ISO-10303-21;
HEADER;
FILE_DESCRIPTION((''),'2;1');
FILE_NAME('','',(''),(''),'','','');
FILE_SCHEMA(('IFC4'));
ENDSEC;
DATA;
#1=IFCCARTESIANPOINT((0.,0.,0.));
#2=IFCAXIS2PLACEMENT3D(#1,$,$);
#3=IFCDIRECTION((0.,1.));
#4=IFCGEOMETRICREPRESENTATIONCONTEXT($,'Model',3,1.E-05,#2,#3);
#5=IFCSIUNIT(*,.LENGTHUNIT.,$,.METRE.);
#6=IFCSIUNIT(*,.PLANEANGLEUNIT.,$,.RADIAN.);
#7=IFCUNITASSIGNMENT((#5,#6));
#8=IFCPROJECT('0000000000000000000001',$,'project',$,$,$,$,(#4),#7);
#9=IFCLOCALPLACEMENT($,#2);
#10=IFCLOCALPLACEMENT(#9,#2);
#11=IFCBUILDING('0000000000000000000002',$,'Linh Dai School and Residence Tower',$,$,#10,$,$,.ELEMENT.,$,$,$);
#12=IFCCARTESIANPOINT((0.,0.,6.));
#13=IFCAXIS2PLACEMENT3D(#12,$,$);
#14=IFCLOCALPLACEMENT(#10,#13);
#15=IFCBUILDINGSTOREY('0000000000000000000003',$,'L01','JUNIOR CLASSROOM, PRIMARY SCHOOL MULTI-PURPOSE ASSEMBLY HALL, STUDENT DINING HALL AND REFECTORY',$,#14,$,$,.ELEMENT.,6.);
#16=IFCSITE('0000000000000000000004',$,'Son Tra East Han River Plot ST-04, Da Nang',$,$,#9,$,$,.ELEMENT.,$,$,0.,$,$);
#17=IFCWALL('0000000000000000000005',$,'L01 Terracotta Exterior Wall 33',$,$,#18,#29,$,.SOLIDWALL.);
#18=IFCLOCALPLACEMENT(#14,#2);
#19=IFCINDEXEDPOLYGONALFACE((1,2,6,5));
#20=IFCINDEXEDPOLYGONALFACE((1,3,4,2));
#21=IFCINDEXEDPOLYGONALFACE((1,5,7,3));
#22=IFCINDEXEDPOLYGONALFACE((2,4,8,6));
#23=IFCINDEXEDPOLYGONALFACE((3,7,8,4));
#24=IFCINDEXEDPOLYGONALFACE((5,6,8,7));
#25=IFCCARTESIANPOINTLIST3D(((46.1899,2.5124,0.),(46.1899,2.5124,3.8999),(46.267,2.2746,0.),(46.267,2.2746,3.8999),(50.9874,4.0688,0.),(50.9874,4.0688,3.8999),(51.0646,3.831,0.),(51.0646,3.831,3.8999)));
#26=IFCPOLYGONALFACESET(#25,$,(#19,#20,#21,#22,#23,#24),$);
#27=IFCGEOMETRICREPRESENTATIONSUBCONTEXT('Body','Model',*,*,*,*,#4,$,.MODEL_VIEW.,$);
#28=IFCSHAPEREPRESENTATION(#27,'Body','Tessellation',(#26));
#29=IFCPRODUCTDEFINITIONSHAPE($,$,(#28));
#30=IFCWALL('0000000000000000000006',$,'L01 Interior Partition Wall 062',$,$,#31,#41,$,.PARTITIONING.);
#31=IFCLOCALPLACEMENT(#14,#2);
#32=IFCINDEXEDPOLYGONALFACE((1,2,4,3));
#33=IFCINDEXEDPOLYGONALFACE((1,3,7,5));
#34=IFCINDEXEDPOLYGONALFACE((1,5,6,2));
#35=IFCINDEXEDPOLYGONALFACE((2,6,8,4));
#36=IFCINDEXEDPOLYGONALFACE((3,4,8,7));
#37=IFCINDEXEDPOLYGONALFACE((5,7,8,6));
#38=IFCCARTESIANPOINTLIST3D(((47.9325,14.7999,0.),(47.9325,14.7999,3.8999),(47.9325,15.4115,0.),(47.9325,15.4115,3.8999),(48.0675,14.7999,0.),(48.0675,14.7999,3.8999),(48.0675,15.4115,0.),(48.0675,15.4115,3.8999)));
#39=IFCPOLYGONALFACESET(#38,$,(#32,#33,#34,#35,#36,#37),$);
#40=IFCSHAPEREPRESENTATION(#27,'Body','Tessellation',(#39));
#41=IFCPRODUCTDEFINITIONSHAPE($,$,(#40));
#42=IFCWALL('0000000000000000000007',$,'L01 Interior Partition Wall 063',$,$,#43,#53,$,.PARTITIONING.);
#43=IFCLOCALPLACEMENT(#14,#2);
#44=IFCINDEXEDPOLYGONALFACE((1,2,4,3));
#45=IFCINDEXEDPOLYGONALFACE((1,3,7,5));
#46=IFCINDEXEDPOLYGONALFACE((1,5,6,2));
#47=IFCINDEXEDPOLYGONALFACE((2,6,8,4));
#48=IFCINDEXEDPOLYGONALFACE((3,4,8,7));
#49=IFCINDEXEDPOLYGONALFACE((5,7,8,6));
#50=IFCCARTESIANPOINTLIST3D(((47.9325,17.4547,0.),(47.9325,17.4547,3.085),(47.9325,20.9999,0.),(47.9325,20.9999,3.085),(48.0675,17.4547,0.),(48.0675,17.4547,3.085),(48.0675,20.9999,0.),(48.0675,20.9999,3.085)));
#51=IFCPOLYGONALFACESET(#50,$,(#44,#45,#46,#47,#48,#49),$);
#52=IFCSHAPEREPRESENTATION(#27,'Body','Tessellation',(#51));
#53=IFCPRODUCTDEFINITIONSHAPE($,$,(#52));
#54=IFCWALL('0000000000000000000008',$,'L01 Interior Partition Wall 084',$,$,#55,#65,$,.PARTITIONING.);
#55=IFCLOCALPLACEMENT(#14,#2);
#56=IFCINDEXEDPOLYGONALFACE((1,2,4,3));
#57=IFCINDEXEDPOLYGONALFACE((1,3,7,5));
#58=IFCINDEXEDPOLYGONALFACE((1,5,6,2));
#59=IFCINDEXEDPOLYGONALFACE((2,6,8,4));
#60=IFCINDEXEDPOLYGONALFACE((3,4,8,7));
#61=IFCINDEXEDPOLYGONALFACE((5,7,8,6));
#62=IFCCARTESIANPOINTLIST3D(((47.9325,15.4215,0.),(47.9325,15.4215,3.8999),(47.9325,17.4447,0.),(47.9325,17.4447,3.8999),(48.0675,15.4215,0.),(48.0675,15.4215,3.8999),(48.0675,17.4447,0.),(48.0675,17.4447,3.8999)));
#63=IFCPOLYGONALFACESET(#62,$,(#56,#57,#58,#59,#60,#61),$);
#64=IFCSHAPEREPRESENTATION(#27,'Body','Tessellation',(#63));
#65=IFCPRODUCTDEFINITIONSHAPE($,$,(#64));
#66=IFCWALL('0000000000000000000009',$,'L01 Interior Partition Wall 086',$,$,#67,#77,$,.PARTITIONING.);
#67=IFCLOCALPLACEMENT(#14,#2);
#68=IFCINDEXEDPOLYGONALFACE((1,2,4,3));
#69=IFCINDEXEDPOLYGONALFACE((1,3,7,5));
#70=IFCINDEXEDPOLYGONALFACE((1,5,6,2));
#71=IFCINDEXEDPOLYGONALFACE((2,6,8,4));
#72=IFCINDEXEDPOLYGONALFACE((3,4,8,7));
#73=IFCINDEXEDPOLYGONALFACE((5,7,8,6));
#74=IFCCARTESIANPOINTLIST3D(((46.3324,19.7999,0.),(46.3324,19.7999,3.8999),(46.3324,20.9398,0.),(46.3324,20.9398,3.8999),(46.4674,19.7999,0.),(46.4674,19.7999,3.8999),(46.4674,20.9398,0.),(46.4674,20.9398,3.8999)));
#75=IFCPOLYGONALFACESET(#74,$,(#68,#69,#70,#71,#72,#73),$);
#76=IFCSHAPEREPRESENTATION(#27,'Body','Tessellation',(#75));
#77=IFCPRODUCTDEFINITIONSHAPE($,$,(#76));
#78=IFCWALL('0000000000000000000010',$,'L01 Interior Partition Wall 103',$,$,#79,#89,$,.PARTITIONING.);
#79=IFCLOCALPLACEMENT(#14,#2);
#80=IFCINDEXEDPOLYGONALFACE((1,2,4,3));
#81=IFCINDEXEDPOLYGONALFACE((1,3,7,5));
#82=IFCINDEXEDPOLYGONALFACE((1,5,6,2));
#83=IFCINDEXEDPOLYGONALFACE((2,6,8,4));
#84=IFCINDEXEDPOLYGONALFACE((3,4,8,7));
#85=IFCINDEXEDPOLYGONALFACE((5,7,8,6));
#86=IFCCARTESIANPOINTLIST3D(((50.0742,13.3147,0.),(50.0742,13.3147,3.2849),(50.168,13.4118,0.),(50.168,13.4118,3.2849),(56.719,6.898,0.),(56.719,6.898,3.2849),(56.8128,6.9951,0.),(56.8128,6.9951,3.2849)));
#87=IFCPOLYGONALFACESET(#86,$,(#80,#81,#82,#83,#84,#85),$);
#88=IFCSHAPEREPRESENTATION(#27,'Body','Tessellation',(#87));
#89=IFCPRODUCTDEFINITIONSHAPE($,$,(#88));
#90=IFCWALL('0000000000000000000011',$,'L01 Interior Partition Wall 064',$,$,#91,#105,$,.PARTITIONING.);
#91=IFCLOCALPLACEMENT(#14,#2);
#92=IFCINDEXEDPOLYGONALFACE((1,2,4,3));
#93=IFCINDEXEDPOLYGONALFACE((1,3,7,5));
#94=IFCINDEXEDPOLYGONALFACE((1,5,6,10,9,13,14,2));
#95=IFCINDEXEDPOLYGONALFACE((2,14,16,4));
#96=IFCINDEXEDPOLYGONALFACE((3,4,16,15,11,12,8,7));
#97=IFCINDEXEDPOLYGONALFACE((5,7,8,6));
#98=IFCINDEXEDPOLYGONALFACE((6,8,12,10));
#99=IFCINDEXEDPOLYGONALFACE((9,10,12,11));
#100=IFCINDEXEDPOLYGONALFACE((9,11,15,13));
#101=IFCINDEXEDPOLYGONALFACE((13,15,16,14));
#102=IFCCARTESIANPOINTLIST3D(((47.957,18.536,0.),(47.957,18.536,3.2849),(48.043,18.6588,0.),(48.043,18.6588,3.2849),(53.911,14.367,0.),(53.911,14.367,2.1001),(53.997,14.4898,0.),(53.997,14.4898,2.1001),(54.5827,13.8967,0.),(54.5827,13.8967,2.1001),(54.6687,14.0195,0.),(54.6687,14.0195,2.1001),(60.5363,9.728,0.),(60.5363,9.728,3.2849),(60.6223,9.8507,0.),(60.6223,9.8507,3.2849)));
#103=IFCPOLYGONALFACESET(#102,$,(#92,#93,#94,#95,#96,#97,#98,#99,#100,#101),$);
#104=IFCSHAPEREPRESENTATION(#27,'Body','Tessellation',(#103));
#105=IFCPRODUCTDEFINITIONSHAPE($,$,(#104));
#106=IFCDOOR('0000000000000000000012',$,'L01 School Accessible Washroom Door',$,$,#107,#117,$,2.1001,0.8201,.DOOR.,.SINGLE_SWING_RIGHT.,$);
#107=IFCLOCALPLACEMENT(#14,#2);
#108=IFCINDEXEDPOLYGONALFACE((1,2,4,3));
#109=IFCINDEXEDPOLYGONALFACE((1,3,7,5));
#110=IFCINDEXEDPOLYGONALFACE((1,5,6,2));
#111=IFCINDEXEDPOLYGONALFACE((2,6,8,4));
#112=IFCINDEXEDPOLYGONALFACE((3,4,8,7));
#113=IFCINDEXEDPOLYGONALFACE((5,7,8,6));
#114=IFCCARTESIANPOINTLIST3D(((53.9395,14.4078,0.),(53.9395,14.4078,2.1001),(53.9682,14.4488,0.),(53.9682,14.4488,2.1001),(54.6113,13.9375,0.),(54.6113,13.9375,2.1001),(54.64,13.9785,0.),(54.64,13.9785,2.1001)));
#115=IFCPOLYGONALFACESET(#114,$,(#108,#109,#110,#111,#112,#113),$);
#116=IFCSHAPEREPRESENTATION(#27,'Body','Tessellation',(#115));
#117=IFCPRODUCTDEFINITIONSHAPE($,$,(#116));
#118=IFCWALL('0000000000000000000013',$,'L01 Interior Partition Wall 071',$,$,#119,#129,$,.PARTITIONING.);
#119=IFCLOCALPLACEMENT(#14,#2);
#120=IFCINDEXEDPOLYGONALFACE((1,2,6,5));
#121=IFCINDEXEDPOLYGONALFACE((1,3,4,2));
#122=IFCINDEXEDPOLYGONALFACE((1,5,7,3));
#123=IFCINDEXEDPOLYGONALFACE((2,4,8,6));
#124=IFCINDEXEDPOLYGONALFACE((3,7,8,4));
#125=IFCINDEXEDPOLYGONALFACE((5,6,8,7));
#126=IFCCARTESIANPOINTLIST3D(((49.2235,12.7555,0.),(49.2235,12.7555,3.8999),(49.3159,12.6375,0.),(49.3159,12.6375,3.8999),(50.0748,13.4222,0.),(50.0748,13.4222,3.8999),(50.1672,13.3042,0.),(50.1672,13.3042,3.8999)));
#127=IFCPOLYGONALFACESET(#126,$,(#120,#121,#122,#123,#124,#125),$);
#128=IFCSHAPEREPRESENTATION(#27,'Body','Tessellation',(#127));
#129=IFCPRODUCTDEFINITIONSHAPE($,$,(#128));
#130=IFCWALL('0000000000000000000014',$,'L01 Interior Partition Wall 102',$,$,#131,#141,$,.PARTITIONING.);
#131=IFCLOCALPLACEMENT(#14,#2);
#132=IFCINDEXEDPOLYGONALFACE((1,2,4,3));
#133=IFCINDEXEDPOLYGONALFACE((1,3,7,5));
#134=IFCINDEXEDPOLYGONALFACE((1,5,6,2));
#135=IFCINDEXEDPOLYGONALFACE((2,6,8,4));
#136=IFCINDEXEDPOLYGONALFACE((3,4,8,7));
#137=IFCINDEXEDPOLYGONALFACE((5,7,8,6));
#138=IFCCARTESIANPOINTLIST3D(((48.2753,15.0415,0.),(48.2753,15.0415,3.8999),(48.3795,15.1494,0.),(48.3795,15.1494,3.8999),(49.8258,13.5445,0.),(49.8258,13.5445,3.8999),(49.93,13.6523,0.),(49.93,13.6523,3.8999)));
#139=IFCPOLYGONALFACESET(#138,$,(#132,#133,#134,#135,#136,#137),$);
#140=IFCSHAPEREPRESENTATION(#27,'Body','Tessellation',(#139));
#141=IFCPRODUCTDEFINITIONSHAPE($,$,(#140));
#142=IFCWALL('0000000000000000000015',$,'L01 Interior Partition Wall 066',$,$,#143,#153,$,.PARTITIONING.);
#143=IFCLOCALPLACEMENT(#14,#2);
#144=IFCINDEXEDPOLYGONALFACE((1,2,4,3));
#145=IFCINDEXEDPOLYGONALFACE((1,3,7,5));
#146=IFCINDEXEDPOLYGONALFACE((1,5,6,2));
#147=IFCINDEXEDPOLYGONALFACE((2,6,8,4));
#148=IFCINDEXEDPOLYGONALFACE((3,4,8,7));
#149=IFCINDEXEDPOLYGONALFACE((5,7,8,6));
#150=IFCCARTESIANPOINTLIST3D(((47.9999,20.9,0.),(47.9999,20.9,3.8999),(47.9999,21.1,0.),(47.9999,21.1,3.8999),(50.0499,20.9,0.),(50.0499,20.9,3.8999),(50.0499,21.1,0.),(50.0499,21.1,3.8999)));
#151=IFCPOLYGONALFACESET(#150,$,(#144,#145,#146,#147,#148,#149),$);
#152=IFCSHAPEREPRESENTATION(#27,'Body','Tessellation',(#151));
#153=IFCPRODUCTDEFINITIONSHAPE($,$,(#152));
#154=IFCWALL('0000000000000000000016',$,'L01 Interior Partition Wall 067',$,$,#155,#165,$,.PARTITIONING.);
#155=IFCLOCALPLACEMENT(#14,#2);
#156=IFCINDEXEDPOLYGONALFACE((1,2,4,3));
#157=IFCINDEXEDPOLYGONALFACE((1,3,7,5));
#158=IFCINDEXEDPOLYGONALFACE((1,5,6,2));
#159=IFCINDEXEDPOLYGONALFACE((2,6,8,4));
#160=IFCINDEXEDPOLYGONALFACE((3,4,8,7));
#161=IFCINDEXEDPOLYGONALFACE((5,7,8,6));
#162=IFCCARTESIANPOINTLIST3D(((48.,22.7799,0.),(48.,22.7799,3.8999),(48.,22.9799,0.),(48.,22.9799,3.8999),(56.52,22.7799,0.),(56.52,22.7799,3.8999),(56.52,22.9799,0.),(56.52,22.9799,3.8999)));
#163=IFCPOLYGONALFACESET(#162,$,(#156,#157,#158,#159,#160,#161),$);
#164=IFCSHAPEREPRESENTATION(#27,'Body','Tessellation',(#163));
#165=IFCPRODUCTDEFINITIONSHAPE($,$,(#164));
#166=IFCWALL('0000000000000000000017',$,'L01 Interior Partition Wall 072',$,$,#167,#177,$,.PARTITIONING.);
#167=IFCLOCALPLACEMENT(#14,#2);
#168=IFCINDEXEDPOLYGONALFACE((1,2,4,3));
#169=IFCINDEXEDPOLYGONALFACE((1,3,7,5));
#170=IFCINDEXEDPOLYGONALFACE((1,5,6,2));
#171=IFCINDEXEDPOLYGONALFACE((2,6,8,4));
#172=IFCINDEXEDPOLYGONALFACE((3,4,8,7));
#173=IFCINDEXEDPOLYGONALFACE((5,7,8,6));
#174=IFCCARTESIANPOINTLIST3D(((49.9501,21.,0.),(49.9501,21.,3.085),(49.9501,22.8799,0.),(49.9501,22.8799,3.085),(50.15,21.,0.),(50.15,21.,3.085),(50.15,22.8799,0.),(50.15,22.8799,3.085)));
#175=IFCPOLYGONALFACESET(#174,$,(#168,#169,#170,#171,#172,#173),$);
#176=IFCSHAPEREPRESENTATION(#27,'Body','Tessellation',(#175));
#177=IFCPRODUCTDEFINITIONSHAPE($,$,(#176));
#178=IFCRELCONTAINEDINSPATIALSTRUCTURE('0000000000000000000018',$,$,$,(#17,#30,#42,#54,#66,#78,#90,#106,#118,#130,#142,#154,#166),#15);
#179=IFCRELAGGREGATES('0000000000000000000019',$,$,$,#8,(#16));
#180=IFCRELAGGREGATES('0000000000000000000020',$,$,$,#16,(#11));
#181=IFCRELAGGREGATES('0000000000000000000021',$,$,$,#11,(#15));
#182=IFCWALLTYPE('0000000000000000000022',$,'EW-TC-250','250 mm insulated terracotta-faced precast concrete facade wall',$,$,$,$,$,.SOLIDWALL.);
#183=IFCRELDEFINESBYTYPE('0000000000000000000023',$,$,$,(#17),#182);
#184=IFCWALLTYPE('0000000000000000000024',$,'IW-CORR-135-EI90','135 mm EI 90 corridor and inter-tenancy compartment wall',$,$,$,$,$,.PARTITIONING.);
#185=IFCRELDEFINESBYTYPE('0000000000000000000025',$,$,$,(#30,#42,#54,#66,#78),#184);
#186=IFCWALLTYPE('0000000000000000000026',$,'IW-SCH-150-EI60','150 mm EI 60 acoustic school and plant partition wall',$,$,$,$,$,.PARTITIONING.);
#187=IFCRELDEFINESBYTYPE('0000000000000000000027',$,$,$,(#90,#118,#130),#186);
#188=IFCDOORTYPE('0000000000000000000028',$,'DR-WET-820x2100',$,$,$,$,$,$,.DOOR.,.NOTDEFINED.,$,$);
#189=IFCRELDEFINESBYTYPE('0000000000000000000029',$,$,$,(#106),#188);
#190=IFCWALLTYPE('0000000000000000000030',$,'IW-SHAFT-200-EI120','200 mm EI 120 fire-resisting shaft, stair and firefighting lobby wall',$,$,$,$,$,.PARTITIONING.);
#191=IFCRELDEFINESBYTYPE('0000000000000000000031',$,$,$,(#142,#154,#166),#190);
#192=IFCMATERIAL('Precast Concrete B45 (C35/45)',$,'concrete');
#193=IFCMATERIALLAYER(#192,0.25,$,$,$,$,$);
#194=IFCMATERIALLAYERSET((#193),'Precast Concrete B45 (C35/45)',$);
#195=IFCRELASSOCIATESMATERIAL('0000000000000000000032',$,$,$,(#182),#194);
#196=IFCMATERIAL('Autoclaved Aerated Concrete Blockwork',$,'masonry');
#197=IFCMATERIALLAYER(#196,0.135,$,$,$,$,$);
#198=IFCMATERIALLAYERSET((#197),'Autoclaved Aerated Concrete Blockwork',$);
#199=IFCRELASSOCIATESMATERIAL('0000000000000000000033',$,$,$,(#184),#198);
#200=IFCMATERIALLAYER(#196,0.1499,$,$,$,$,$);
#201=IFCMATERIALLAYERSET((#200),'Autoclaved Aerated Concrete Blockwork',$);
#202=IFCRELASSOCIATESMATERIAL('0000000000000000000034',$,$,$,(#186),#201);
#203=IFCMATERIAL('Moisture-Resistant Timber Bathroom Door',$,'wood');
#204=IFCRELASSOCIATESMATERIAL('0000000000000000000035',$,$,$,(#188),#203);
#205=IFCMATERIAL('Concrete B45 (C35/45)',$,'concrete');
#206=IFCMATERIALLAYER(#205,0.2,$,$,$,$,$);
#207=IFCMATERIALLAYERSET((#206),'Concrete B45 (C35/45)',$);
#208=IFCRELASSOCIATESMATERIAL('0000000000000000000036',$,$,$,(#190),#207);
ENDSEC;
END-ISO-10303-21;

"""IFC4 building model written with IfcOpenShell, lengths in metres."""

from ifc_helpers import new_model, si_unit, direction, frame, frame_2d, origin, origin_2d, place, context, subcontext, project, spatial, rectangle, extrude, source, transform, mapped, material, layer, layer_set, type_object, element, fill, save


model = new_model("IFC4")

# Units and contexts
model_context = context("Model", 3, precision=1e-05, world=origin(), true_north=direction((0.0, 1.0)))
body_context = subcontext(model_context, "Body", "Model", "MODEL_VIEW")
ifc_project = project(units=[si_unit("LENGTHUNIT", "METRE"), si_unit("PLANEANGLEUNIT", "RADIAN")], contexts=[model_context])

# Site, building, storey
site_placement = place(None, origin())
site = spatial("IfcSite", under=ifc_project, at=site_placement, Name="Son Tra East Han River Plot ST-04, Da Nang", CompositionType="ELEMENT", RefElevation=0.0)
building_placement = place(site_placement, origin())
building = spatial("IfcBuilding", under=site, at=building_placement, Name="Linh Dai School and Residence Tower", CompositionType="ELEMENT")
storey_placement = place(building_placement, frame((0.0, 0.0, 6.0)))
storey = spatial("IfcBuildingStorey", under=building, at=storey_placement, Name="L01", Description="JUNIOR CLASSROOM, PRIMARY SCHOOL MULTI-PURPOSE ASSEMBLY HALL, STUDENT DINING HALL AND REFECTORY", CompositionType="ELEMENT", Elevation=6.0)

# Shared definitions
ifc_material_1 = material(Name="Precast Concrete B45 (C35/45)", Category="concrete")
ifc_layer_1 = layer(ifc_material_1, 0.25)
ifc_layer_set_1 = layer_set([ifc_layer_1], Name="Precast Concrete B45 (C35/45)")
wall_type_1 = type_object("IfcWallType", Name="EW-TC-250", Description="250 mm insulated terracotta-faced precast concrete facade wall", PredefinedType="SOLIDWALL", material=ifc_layer_set_1)

# Walls
wall_1_placement = place(storey_placement, frame((51.0261, 3.95, 0.0), z_axis=(0.0, 0.0, 1.0), x_axis=(-0.951199, -0.308579, 0.0)))
element("IfcWall", 1, at=wall_1_placement, inside=storey, type_object=wall_type_1, Name="L01 Terracotta Exterior Wall 33", PredefinedType="SOLIDWALL", context=body_context, shape_type="SweptSolid", body=[
    extrude(rectangle(XDim=5.0437, YDim=0.25, at=frame_2d((2.522, 0.0))), origin(), (0.0, 0.0, 1.0), 3.8999),
])
ifc_material_2 = material(Name="Autoclaved Aerated Concrete Blockwork", Category="masonry")
ifc_layer_2 = layer(ifc_material_2, 0.135)
ifc_layer_set_2 = layer_set([ifc_layer_2], Name="Autoclaved Aerated Concrete Blockwork")
wall_type_2 = type_object("IfcWallType", Name="IW-CORR-135-EI90", Description="135 mm EI 90 corridor and inter-tenancy compartment wall", PredefinedType="PARTITIONING", material=ifc_layer_set_2)
wall_2_placement = place(storey_placement, frame((48.0, 14.8, 0.0), z_axis=(0.0, 0.0, 1.0), x_axis=(0.0, 1.0, 0.0)))
element("IfcWall", 2, at=wall_2_placement, inside=storey, type_object=wall_type_2, Name="L01 Interior Partition Wall 062", PredefinedType="PARTITIONING", context=body_context, shape_type="SweptSolid", body=[
    extrude(rectangle(XDim=0.6116, YDim=0.135, at=frame_2d((0.3057, 0.0))), origin(), (0.0, 0.0, 1.0), 3.8999),
])
wall_3_placement = place(storey_placement, frame((48.0, 17.4548, 0.0), z_axis=(0.0, 0.0, 1.0), x_axis=(0.0, 1.0, 0.0)))
element("IfcWall", 3, at=wall_3_placement, inside=storey, type_object=wall_type_2, Name="L01 Interior Partition Wall 063", PredefinedType="PARTITIONING", context=body_context, shape_type="SweptSolid", body=[
    extrude(rectangle(XDim=3.5452, YDim=0.135, at=frame_2d((1.7725, 0.0))), origin(), (0.0, 0.0, 1.0), 3.085),
])
wall_4_placement = place(storey_placement, frame((48.0, 17.4448, 0.0), z_axis=(0.0, 0.0, 1.0), x_axis=(0.0, -1.0, 0.0)))
element("IfcWall", 4, at=wall_4_placement, inside=storey, type_object=wall_type_2, Name="L01 Interior Partition Wall 084", PredefinedType="PARTITIONING", context=body_context, shape_type="SweptSolid", body=[
    extrude(rectangle(XDim=2.0232, YDim=0.135, at=frame_2d((1.0117, 0.0))), origin(), (0.0, 0.0, 1.0), 3.8999),
])
wall_5_placement = place(storey_placement, frame((46.3999, 19.8, 0.0), z_axis=(0.0, 0.0, 1.0), x_axis=(0.0, 1.0, 0.0)))
element("IfcWall", 5, at=wall_5_placement, inside=storey, type_object=wall_type_2, Name="L01 Interior Partition Wall 086", PredefinedType="PARTITIONING", context=body_context, shape_type="SweptSolid", body=[
    extrude(rectangle(XDim=1.1399, YDim=0.135, at=frame_2d((0.5698, 0.0))), origin(), (0.0, 0.0, 1.0), 3.8999),
])
wall_6_placement = place(storey_placement, frame((50.1211, 13.3633, 0.0), z_axis=(0.0, 0.0, 1.0), x_axis=(0.719342, -0.694656, 0.0)))
element("IfcWall", 6, at=wall_6_placement, inside=storey, type_object=wall_type_2, Name="L01 Interior Partition Wall 103", PredefinedType="PARTITIONING", context=body_context, shape_type="SweptSolid", body=[
    extrude(rectangle(XDim=9.2373, YDim=0.135, at=frame_2d((4.6187, 0.0))), origin(), (0.0, 0.0, 1.0), 3.2849),
])

# Wall, opening, door
ifc_layer_3 = layer(ifc_material_2, 0.1499)
ifc_layer_set_3 = layer_set([ifc_layer_3], Name="Autoclaved Aerated Concrete Blockwork")
wall_type_3 = type_object("IfcWallType", Name="IW-SCH-150-EI60", Description="150 mm EI 60 acoustic school and plant partition wall", PredefinedType="PARTITIONING", material=ifc_layer_set_3)
wall_7_placement = place(storey_placement, frame((48.0, 18.5974, 0.0), z_axis=(0.0, 0.0, 1.0), x_axis=(0.819153, -0.573574, 0.0)))
wall_7 = element("IfcWall", 7, at=wall_7_placement, inside=storey, type_object=wall_type_3, Name="L01 Interior Partition Wall 064", PredefinedType="PARTITIONING", context=body_context, shape_type="SweptSolid", body=[
    extrude(rectangle(XDim=15.3564, YDim=0.1499, at=frame_2d((7.6782, 0.0))), origin(), (0.0, 0.0, 1.0), 3.2849),
])
opening_1_placement = place(wall_7_placement, frame((7.2683, 0.0, 0.0)))
opening_1 = element("IfcOpeningElement", 8, at=opening_1_placement, cuts=wall_7, PredefinedType="OPENING", context=body_context, shape_type="SweptSolid", body=[
    extrude(rectangle(XDim=0.8201, YDim=2.1001, at=origin_2d()), frame((0.4102, 0.085, 1.05), z_axis=(0.0, -1.0, 0.0), x_axis=(1.0, 0.0, 0.0)), (0.0, 0.0, 1.0), 0.1699),
])
ifc_material_3 = material(Name="Moisture-Resistant Timber Bathroom Door", Category="wood")
door_type_1 = type_object("IfcDoorType", Name="DR-WET-820x2100", OperationType="NOTDEFINED", PredefinedType="DOOR", material=ifc_material_3)
shared_shape_1 = source(origin(), body_context, "Body", "SweptSolid", [
    extrude(rectangle(XDim=0.8201, YDim=2.1001, at=origin_2d()), frame((0.4102, 0.0249, 1.05), z_axis=(0.0, -1.0, 0.0), x_axis=(1.0, 0.0, 0.0)), (0.0, 0.0, 1.0), 0.05),
])
door_1_placement = place(opening_1_placement, origin())
door_1 = element("IfcDoor", 9, at=door_1_placement, inside=storey, type_object=door_type_1, Name="L01 School Accessible Washroom Door", OperationType="SINGLE_SWING_RIGHT", OverallHeight=2.1001, OverallWidth=0.8201, PredefinedType="DOOR", context=body_context, shape_type="MappedRepresentation", body=[
    mapped(shared_shape_1, transform((0.0, 0.0, 0.0), x_axis=(1.0, 0.0, 0.0), y_axis=(0.0, 1.0, 0.0), z_axis=(0.0, 0.0, 1.0), scale=1.0)),
])
fill(opening_1, door_1)

# Walls
wall_8_placement = place(storey_placement, frame((49.2698, 12.6965, 0.0), z_axis=(0.0, 0.0, 1.0), x_axis=(0.787281, 0.616594, 0.0)))
element("IfcWall", 10, at=wall_8_placement, inside=storey, type_object=wall_type_3, Name="L01 Interior Partition Wall 071", PredefinedType="PARTITIONING", context=body_context, shape_type="SweptSolid", body=[
    extrude(rectangle(XDim=1.0813, YDim=0.1499, at=frame_2d((0.5405, 0.0))), origin(), (0.0, 0.0, 1.0), 3.8999),
])
wall_9_placement = place(storey_placement, frame((48.3274, 15.0955, 0.0), z_axis=(0.0, 0.0, 1.0), x_axis=(0.719401, -0.694595, 0.0)))
element("IfcWall", 11, at=wall_9_placement, inside=storey, type_object=wall_type_3, Name="L01 Interior Partition Wall 102", PredefinedType="PARTITIONING", context=body_context, shape_type="SweptSolid", body=[
    extrude(rectangle(XDim=2.1553, YDim=0.1499, at=frame_2d((1.0776, 0.0))), origin(), (0.0, 0.0, 1.0), 3.8999),
])

# Shared definitions
ifc_material_4 = material(Name="Concrete B45 (C35/45)", Category="concrete")
ifc_layer_4 = layer(ifc_material_4, 0.2)
ifc_layer_set_4 = layer_set([ifc_layer_4], Name="Concrete B45 (C35/45)")
wall_type_4 = type_object("IfcWallType", Name="IW-SHAFT-200-EI120", Description="200 mm EI 120 fire-resisting shaft, stair and firefighting lobby wall", PredefinedType="PARTITIONING", material=ifc_layer_set_4)

# Walls
wall_10_placement = place(storey_placement, frame((48.0, 21.0, 0.0), z_axis=(0.0, 0.0, 1.0), x_axis=(1.0, 0.0, 0.0)))
element("IfcWall", 12, at=wall_10_placement, inside=storey, type_object=wall_type_4, Name="L01 Interior Partition Wall 066", PredefinedType="PARTITIONING", context=body_context, shape_type="SweptSolid", body=[
    extrude(rectangle(XDim=2.05, YDim=0.2, at=frame_2d((1.0249, 0.0))), origin(), (0.0, 0.0, 1.0), 3.8999),
])
wall_11_placement = place(storey_placement, frame((48.0, 22.8799, 0.0), z_axis=(0.0, 0.0, 1.0), x_axis=(1.0, 0.0, 0.0)))
element("IfcWall", 13, at=wall_11_placement, inside=storey, type_object=wall_type_4, Name="L01 Interior Partition Wall 067", PredefinedType="PARTITIONING", context=body_context, shape_type="SweptSolid", body=[
    extrude(rectangle(XDim=8.52, YDim=0.2, at=frame_2d((4.26, 0.0))), origin(), (0.0, 0.0, 1.0), 3.8999),
])
wall_12_placement = place(storey_placement, frame((50.05, 21.0, 0.0), z_axis=(0.0, 0.0, 1.0), x_axis=(0.0, 1.0, 0.0)))
element("IfcWall", 14, at=wall_12_placement, inside=storey, type_object=wall_type_4, Name="L01 Interior Partition Wall 072", PredefinedType="PARTITIONING", context=body_context, shape_type="SweptSolid", body=[
    extrude(rectangle(XDim=1.8799, YDim=0.2, at=frame_2d((0.9399, 0.0))), origin(), (0.0, 0.0, 1.0), 3.085),
])

save(model, "model.ifc")
